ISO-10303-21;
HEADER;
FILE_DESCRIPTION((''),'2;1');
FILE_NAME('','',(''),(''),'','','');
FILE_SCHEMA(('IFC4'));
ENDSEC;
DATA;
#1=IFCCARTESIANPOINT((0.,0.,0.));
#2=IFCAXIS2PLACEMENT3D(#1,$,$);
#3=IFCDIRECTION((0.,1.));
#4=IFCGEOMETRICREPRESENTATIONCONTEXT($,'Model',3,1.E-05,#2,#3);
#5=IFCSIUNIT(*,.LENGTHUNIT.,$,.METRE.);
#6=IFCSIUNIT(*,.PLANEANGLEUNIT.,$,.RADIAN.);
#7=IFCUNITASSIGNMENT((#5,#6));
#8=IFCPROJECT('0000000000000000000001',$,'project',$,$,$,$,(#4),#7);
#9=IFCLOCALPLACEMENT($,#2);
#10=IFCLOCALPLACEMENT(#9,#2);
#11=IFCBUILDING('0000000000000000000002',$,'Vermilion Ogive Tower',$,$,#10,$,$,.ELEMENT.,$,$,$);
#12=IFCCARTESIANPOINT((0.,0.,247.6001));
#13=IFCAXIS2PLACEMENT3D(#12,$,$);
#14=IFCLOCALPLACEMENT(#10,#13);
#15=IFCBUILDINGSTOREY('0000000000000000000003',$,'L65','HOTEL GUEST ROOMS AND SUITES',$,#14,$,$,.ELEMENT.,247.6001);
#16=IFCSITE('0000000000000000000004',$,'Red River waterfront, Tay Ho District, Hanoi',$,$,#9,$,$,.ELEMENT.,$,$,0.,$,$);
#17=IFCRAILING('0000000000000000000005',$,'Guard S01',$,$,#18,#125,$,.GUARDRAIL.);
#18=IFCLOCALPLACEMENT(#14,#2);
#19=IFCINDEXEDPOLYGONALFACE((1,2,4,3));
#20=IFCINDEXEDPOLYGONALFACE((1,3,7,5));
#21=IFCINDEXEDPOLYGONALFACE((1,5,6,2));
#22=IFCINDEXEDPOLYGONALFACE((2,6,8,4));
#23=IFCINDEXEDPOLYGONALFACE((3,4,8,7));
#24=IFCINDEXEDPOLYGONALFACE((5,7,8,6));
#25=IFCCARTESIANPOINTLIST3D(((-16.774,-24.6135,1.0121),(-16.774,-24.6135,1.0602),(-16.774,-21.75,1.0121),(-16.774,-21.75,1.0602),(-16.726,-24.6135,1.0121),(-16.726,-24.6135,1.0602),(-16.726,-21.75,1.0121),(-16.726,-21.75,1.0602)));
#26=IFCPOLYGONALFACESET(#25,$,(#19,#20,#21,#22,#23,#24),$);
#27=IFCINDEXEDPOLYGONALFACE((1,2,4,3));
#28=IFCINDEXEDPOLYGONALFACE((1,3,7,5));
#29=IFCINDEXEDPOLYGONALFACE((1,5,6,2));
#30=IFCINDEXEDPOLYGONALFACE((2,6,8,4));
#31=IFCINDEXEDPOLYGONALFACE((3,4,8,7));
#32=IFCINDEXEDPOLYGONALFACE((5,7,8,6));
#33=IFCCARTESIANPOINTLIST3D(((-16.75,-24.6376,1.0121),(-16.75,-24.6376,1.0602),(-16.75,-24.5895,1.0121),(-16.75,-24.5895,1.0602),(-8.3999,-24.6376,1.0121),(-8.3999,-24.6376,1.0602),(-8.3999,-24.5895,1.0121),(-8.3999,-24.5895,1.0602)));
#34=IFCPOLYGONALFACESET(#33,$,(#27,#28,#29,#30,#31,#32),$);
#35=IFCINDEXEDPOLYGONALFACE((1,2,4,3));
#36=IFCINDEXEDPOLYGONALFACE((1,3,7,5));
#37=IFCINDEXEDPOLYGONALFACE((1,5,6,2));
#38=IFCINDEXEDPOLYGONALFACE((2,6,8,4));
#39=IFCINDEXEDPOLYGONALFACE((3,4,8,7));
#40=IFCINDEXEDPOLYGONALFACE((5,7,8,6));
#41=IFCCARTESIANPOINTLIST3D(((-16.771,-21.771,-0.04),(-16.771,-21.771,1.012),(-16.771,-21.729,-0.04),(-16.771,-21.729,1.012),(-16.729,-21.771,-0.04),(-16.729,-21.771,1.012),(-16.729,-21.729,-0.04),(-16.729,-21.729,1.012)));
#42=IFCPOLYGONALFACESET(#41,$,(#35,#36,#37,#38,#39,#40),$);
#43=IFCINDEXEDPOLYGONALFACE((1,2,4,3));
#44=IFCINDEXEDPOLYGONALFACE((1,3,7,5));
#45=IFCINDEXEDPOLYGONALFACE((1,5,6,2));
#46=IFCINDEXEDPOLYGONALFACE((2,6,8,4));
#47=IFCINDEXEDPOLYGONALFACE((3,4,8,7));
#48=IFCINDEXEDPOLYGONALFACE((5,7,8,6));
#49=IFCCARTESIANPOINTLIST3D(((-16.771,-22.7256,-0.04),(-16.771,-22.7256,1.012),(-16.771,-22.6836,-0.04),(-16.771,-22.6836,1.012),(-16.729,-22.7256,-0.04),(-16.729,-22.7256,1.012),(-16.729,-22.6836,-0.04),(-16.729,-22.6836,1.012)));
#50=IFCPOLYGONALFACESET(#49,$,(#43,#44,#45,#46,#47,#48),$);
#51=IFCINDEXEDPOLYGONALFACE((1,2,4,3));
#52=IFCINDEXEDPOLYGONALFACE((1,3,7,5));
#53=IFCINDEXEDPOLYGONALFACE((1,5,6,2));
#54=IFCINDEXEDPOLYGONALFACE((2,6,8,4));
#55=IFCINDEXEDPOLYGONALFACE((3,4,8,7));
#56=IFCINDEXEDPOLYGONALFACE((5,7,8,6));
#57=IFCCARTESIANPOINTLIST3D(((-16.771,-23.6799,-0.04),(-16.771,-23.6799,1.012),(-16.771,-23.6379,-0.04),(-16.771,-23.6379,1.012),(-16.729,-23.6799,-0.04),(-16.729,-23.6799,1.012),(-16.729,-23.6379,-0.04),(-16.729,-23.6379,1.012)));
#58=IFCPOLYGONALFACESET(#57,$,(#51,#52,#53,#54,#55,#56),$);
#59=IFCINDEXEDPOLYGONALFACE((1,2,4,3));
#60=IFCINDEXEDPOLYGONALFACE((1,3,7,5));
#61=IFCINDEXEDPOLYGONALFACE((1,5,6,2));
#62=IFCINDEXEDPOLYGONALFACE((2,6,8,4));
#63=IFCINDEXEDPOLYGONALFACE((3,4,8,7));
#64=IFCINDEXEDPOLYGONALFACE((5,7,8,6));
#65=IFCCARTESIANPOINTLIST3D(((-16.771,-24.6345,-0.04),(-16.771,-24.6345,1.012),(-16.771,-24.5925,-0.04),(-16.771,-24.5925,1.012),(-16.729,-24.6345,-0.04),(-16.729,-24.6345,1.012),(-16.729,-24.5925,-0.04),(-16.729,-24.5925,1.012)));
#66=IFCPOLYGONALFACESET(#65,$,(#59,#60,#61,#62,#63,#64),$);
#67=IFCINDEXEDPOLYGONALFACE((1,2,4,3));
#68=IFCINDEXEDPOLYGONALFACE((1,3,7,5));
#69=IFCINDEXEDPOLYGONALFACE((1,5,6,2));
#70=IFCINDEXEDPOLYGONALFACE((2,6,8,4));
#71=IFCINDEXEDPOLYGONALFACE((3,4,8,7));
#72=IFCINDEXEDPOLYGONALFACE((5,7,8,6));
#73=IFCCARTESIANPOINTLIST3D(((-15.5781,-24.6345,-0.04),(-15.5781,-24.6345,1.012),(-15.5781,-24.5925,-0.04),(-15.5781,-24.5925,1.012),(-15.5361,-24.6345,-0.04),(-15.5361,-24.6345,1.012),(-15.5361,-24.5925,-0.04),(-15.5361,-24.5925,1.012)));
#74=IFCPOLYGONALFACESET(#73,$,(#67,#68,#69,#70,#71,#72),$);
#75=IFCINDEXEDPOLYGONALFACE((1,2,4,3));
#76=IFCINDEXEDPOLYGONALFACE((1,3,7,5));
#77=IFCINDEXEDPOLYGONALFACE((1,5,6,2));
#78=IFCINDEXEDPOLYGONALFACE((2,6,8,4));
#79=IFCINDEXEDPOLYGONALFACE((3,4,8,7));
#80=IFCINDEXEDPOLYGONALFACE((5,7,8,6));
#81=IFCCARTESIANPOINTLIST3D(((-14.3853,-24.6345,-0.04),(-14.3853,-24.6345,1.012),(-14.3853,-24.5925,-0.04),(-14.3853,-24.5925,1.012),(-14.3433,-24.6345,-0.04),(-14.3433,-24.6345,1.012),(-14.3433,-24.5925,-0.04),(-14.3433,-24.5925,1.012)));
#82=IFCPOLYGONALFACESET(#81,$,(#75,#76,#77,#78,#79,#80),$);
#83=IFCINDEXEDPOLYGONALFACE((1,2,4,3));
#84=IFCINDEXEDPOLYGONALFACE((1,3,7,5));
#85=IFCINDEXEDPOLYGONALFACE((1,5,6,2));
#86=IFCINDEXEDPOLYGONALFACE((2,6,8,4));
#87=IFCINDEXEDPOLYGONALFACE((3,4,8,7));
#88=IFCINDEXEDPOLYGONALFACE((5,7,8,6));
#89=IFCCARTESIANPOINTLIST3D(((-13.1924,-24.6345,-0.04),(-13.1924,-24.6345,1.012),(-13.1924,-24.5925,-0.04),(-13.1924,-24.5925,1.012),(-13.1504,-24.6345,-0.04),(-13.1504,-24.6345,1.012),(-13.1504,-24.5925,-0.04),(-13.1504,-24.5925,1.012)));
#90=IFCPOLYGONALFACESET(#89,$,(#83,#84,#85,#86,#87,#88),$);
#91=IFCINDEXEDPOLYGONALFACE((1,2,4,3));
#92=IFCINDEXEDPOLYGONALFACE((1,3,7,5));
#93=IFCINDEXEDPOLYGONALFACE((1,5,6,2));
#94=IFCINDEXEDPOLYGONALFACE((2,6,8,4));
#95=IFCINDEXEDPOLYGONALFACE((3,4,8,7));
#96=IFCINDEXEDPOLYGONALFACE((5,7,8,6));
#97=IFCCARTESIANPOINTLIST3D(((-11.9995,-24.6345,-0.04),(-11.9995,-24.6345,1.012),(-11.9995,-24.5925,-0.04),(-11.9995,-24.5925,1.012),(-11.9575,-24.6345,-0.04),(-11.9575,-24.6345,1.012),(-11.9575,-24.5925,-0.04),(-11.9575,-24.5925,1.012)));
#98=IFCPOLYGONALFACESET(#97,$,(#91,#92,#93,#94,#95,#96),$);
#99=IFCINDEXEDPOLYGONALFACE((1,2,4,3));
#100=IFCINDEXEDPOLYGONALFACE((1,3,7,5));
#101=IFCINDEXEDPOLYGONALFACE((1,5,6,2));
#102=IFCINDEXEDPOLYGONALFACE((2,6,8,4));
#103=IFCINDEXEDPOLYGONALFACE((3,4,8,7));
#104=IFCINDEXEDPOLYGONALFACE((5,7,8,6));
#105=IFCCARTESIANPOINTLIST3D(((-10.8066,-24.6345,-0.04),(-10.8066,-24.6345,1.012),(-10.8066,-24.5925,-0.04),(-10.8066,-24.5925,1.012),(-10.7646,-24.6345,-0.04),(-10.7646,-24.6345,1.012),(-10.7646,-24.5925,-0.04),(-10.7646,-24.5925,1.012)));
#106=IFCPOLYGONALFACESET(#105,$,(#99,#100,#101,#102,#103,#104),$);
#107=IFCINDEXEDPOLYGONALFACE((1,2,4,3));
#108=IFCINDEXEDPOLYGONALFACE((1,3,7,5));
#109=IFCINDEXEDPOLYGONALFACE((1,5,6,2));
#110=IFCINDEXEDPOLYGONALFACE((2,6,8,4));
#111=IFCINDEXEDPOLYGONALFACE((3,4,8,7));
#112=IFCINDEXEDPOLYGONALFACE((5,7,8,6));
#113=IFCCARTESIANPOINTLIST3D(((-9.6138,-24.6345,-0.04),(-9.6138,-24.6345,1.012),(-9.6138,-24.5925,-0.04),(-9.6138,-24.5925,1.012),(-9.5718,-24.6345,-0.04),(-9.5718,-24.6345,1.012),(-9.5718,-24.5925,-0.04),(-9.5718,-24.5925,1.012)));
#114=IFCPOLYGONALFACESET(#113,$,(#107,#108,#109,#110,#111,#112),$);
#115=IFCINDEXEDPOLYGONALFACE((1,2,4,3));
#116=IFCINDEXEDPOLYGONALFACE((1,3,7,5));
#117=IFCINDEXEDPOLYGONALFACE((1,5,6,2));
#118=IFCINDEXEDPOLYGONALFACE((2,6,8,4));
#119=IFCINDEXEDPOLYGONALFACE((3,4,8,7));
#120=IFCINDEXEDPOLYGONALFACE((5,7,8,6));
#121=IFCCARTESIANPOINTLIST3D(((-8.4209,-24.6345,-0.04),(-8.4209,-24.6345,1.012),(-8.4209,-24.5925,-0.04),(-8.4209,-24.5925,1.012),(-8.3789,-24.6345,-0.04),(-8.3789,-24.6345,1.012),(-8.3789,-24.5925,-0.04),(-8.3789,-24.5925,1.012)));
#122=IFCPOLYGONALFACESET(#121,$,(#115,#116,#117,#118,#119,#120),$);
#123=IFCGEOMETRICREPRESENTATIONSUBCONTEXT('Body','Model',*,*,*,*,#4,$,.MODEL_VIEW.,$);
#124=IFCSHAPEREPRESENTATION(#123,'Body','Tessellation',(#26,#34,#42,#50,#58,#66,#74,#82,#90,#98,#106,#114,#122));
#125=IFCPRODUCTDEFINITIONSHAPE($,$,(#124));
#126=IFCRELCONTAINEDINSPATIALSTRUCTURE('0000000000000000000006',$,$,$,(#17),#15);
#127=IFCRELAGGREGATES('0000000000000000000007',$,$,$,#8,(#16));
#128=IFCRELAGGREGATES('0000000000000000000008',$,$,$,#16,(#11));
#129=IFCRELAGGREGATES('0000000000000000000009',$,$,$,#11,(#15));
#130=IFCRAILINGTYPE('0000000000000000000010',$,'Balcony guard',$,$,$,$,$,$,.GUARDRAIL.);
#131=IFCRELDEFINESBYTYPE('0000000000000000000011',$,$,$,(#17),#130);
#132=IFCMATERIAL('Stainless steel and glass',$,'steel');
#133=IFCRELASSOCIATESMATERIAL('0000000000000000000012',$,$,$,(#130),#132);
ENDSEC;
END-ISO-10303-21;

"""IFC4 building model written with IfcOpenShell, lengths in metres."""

from ifc_helpers import new_model, si_unit, direction, frame, origin, origin_2d, place, context, subcontext, project, spatial, rectangle, extrude, material, type_object, element, save


model = new_model("IFC4")

# Units and contexts
model_context = context("Model", 3, precision=1e-05, world=origin(), true_north=direction((0.0, 1.0)))
body_context = subcontext(model_context, "Body", "Model", "MODEL_VIEW")
ifc_project = project(units=[si_unit("LENGTHUNIT", "METRE"), si_unit("PLANEANGLEUNIT", "RADIAN")], contexts=[model_context])

# Site, building, storey
site_placement = place(None, origin())
site = spatial("IfcSite", under=ifc_project, at=site_placement, Name="Red River waterfront, Tay Ho District, Hanoi", CompositionType="ELEMENT", RefElevation=0.0)
building_placement = place(site_placement, origin())
building = spatial("IfcBuilding", under=site, at=building_placement, Name="Vermilion Ogive Tower", CompositionType="ELEMENT")
storey_placement = place(building_placement, frame((0.0, 0.0, 247.6001)))
storey = spatial("IfcBuildingStorey", under=building, at=storey_placement, Name="L65", Description="HOTEL GUEST ROOMS AND SUITES", CompositionType="ELEMENT", Elevation=247.6001)

# Railing
ifc_material_1 = material(Name="Stainless steel and glass", Category="steel")
railing_type = type_object("IfcRailingType", Name="Balcony guard", PredefinedType="GUARDRAIL", material=ifc_material_1)
railing_placement = place(storey_placement, frame((-16.75, -21.75, -0.04)))
element("IfcRailing", 1, at=railing_placement, inside=storey, type_object=railing_type, Name="Guard S01", PredefinedType="GUARDRAIL", context=body_context, shape_type="SweptSolid", body=[
    extrude(rectangle(XDim=0.0481, YDim=0.0481, at=origin_2d()), frame((0.0, 0.0, 1.0762), z_axis=(0.0, -1.0, 0.0), x_axis=(1.0, 0.0, 0.0)), (0.0, 0.0, 1.0), 2.8635),
    extrude(rectangle(XDim=0.0481, YDim=0.0481, at=origin_2d()), frame((0.0, -2.8635, 1.0762), z_axis=(1.0, 0.0, 0.0), x_axis=(0.0, 1.0, 0.0)), (0.0, 0.0, 1.0), 8.3501),
    extrude(rectangle(XDim=0.042, YDim=0.042, at=origin_2d()), origin(), (0.0, 0.0, 1.0), 1.052),
    extrude(rectangle(XDim=0.042, YDim=0.042, at=origin_2d()), frame((0.0, -0.9546, 0.0)), (0.0, 0.0, 1.0), 1.052),
    extrude(rectangle(XDim=0.042, YDim=0.042, at=origin_2d()), frame((0.0, -1.9089, 0.0)), (0.0, 0.0, 1.0), 1.052),
    extrude(rectangle(XDim=0.042, YDim=0.042, at=origin_2d()), frame((0.0, -2.8635, 0.0)), (0.0, 0.0, 1.0), 1.052),
    extrude(rectangle(XDim=0.042, YDim=0.042, at=origin_2d()), frame((1.1929, -2.8635, 0.0)), (0.0, 0.0, 1.0), 1.052),
    extrude(rectangle(XDim=0.042, YDim=0.042, at=origin_2d()), frame((2.3857, -2.8635, 0.0)), (0.0, 0.0, 1.0), 1.052),
    extrude(rectangle(XDim=0.042, YDim=0.042, at=origin_2d()), frame((3.5786, -2.8635, 0.0)), (0.0, 0.0, 1.0), 1.052),
    extrude(rectangle(XDim=0.042, YDim=0.042, at=origin_2d()), frame((4.7715, -2.8635, 0.0)), (0.0, 0.0, 1.0), 1.052),
    extrude(rectangle(XDim=0.042, YDim=0.042, at=origin_2d()), frame((5.9644, -2.8635, 0.0)), (0.0, 0.0, 1.0), 1.052),
    extrude(rectangle(XDim=0.042, YDim=0.042, at=origin_2d()), frame((7.1572, -2.8635, 0.0)), (0.0, 0.0, 1.0), 1.052),
    extrude(rectangle(XDim=0.042, YDim=0.042, at=origin_2d()), frame((8.3501, -2.8635, 0.0)), (0.0, 0.0, 1.0), 1.052),
])

save(model, "model.ifc")
